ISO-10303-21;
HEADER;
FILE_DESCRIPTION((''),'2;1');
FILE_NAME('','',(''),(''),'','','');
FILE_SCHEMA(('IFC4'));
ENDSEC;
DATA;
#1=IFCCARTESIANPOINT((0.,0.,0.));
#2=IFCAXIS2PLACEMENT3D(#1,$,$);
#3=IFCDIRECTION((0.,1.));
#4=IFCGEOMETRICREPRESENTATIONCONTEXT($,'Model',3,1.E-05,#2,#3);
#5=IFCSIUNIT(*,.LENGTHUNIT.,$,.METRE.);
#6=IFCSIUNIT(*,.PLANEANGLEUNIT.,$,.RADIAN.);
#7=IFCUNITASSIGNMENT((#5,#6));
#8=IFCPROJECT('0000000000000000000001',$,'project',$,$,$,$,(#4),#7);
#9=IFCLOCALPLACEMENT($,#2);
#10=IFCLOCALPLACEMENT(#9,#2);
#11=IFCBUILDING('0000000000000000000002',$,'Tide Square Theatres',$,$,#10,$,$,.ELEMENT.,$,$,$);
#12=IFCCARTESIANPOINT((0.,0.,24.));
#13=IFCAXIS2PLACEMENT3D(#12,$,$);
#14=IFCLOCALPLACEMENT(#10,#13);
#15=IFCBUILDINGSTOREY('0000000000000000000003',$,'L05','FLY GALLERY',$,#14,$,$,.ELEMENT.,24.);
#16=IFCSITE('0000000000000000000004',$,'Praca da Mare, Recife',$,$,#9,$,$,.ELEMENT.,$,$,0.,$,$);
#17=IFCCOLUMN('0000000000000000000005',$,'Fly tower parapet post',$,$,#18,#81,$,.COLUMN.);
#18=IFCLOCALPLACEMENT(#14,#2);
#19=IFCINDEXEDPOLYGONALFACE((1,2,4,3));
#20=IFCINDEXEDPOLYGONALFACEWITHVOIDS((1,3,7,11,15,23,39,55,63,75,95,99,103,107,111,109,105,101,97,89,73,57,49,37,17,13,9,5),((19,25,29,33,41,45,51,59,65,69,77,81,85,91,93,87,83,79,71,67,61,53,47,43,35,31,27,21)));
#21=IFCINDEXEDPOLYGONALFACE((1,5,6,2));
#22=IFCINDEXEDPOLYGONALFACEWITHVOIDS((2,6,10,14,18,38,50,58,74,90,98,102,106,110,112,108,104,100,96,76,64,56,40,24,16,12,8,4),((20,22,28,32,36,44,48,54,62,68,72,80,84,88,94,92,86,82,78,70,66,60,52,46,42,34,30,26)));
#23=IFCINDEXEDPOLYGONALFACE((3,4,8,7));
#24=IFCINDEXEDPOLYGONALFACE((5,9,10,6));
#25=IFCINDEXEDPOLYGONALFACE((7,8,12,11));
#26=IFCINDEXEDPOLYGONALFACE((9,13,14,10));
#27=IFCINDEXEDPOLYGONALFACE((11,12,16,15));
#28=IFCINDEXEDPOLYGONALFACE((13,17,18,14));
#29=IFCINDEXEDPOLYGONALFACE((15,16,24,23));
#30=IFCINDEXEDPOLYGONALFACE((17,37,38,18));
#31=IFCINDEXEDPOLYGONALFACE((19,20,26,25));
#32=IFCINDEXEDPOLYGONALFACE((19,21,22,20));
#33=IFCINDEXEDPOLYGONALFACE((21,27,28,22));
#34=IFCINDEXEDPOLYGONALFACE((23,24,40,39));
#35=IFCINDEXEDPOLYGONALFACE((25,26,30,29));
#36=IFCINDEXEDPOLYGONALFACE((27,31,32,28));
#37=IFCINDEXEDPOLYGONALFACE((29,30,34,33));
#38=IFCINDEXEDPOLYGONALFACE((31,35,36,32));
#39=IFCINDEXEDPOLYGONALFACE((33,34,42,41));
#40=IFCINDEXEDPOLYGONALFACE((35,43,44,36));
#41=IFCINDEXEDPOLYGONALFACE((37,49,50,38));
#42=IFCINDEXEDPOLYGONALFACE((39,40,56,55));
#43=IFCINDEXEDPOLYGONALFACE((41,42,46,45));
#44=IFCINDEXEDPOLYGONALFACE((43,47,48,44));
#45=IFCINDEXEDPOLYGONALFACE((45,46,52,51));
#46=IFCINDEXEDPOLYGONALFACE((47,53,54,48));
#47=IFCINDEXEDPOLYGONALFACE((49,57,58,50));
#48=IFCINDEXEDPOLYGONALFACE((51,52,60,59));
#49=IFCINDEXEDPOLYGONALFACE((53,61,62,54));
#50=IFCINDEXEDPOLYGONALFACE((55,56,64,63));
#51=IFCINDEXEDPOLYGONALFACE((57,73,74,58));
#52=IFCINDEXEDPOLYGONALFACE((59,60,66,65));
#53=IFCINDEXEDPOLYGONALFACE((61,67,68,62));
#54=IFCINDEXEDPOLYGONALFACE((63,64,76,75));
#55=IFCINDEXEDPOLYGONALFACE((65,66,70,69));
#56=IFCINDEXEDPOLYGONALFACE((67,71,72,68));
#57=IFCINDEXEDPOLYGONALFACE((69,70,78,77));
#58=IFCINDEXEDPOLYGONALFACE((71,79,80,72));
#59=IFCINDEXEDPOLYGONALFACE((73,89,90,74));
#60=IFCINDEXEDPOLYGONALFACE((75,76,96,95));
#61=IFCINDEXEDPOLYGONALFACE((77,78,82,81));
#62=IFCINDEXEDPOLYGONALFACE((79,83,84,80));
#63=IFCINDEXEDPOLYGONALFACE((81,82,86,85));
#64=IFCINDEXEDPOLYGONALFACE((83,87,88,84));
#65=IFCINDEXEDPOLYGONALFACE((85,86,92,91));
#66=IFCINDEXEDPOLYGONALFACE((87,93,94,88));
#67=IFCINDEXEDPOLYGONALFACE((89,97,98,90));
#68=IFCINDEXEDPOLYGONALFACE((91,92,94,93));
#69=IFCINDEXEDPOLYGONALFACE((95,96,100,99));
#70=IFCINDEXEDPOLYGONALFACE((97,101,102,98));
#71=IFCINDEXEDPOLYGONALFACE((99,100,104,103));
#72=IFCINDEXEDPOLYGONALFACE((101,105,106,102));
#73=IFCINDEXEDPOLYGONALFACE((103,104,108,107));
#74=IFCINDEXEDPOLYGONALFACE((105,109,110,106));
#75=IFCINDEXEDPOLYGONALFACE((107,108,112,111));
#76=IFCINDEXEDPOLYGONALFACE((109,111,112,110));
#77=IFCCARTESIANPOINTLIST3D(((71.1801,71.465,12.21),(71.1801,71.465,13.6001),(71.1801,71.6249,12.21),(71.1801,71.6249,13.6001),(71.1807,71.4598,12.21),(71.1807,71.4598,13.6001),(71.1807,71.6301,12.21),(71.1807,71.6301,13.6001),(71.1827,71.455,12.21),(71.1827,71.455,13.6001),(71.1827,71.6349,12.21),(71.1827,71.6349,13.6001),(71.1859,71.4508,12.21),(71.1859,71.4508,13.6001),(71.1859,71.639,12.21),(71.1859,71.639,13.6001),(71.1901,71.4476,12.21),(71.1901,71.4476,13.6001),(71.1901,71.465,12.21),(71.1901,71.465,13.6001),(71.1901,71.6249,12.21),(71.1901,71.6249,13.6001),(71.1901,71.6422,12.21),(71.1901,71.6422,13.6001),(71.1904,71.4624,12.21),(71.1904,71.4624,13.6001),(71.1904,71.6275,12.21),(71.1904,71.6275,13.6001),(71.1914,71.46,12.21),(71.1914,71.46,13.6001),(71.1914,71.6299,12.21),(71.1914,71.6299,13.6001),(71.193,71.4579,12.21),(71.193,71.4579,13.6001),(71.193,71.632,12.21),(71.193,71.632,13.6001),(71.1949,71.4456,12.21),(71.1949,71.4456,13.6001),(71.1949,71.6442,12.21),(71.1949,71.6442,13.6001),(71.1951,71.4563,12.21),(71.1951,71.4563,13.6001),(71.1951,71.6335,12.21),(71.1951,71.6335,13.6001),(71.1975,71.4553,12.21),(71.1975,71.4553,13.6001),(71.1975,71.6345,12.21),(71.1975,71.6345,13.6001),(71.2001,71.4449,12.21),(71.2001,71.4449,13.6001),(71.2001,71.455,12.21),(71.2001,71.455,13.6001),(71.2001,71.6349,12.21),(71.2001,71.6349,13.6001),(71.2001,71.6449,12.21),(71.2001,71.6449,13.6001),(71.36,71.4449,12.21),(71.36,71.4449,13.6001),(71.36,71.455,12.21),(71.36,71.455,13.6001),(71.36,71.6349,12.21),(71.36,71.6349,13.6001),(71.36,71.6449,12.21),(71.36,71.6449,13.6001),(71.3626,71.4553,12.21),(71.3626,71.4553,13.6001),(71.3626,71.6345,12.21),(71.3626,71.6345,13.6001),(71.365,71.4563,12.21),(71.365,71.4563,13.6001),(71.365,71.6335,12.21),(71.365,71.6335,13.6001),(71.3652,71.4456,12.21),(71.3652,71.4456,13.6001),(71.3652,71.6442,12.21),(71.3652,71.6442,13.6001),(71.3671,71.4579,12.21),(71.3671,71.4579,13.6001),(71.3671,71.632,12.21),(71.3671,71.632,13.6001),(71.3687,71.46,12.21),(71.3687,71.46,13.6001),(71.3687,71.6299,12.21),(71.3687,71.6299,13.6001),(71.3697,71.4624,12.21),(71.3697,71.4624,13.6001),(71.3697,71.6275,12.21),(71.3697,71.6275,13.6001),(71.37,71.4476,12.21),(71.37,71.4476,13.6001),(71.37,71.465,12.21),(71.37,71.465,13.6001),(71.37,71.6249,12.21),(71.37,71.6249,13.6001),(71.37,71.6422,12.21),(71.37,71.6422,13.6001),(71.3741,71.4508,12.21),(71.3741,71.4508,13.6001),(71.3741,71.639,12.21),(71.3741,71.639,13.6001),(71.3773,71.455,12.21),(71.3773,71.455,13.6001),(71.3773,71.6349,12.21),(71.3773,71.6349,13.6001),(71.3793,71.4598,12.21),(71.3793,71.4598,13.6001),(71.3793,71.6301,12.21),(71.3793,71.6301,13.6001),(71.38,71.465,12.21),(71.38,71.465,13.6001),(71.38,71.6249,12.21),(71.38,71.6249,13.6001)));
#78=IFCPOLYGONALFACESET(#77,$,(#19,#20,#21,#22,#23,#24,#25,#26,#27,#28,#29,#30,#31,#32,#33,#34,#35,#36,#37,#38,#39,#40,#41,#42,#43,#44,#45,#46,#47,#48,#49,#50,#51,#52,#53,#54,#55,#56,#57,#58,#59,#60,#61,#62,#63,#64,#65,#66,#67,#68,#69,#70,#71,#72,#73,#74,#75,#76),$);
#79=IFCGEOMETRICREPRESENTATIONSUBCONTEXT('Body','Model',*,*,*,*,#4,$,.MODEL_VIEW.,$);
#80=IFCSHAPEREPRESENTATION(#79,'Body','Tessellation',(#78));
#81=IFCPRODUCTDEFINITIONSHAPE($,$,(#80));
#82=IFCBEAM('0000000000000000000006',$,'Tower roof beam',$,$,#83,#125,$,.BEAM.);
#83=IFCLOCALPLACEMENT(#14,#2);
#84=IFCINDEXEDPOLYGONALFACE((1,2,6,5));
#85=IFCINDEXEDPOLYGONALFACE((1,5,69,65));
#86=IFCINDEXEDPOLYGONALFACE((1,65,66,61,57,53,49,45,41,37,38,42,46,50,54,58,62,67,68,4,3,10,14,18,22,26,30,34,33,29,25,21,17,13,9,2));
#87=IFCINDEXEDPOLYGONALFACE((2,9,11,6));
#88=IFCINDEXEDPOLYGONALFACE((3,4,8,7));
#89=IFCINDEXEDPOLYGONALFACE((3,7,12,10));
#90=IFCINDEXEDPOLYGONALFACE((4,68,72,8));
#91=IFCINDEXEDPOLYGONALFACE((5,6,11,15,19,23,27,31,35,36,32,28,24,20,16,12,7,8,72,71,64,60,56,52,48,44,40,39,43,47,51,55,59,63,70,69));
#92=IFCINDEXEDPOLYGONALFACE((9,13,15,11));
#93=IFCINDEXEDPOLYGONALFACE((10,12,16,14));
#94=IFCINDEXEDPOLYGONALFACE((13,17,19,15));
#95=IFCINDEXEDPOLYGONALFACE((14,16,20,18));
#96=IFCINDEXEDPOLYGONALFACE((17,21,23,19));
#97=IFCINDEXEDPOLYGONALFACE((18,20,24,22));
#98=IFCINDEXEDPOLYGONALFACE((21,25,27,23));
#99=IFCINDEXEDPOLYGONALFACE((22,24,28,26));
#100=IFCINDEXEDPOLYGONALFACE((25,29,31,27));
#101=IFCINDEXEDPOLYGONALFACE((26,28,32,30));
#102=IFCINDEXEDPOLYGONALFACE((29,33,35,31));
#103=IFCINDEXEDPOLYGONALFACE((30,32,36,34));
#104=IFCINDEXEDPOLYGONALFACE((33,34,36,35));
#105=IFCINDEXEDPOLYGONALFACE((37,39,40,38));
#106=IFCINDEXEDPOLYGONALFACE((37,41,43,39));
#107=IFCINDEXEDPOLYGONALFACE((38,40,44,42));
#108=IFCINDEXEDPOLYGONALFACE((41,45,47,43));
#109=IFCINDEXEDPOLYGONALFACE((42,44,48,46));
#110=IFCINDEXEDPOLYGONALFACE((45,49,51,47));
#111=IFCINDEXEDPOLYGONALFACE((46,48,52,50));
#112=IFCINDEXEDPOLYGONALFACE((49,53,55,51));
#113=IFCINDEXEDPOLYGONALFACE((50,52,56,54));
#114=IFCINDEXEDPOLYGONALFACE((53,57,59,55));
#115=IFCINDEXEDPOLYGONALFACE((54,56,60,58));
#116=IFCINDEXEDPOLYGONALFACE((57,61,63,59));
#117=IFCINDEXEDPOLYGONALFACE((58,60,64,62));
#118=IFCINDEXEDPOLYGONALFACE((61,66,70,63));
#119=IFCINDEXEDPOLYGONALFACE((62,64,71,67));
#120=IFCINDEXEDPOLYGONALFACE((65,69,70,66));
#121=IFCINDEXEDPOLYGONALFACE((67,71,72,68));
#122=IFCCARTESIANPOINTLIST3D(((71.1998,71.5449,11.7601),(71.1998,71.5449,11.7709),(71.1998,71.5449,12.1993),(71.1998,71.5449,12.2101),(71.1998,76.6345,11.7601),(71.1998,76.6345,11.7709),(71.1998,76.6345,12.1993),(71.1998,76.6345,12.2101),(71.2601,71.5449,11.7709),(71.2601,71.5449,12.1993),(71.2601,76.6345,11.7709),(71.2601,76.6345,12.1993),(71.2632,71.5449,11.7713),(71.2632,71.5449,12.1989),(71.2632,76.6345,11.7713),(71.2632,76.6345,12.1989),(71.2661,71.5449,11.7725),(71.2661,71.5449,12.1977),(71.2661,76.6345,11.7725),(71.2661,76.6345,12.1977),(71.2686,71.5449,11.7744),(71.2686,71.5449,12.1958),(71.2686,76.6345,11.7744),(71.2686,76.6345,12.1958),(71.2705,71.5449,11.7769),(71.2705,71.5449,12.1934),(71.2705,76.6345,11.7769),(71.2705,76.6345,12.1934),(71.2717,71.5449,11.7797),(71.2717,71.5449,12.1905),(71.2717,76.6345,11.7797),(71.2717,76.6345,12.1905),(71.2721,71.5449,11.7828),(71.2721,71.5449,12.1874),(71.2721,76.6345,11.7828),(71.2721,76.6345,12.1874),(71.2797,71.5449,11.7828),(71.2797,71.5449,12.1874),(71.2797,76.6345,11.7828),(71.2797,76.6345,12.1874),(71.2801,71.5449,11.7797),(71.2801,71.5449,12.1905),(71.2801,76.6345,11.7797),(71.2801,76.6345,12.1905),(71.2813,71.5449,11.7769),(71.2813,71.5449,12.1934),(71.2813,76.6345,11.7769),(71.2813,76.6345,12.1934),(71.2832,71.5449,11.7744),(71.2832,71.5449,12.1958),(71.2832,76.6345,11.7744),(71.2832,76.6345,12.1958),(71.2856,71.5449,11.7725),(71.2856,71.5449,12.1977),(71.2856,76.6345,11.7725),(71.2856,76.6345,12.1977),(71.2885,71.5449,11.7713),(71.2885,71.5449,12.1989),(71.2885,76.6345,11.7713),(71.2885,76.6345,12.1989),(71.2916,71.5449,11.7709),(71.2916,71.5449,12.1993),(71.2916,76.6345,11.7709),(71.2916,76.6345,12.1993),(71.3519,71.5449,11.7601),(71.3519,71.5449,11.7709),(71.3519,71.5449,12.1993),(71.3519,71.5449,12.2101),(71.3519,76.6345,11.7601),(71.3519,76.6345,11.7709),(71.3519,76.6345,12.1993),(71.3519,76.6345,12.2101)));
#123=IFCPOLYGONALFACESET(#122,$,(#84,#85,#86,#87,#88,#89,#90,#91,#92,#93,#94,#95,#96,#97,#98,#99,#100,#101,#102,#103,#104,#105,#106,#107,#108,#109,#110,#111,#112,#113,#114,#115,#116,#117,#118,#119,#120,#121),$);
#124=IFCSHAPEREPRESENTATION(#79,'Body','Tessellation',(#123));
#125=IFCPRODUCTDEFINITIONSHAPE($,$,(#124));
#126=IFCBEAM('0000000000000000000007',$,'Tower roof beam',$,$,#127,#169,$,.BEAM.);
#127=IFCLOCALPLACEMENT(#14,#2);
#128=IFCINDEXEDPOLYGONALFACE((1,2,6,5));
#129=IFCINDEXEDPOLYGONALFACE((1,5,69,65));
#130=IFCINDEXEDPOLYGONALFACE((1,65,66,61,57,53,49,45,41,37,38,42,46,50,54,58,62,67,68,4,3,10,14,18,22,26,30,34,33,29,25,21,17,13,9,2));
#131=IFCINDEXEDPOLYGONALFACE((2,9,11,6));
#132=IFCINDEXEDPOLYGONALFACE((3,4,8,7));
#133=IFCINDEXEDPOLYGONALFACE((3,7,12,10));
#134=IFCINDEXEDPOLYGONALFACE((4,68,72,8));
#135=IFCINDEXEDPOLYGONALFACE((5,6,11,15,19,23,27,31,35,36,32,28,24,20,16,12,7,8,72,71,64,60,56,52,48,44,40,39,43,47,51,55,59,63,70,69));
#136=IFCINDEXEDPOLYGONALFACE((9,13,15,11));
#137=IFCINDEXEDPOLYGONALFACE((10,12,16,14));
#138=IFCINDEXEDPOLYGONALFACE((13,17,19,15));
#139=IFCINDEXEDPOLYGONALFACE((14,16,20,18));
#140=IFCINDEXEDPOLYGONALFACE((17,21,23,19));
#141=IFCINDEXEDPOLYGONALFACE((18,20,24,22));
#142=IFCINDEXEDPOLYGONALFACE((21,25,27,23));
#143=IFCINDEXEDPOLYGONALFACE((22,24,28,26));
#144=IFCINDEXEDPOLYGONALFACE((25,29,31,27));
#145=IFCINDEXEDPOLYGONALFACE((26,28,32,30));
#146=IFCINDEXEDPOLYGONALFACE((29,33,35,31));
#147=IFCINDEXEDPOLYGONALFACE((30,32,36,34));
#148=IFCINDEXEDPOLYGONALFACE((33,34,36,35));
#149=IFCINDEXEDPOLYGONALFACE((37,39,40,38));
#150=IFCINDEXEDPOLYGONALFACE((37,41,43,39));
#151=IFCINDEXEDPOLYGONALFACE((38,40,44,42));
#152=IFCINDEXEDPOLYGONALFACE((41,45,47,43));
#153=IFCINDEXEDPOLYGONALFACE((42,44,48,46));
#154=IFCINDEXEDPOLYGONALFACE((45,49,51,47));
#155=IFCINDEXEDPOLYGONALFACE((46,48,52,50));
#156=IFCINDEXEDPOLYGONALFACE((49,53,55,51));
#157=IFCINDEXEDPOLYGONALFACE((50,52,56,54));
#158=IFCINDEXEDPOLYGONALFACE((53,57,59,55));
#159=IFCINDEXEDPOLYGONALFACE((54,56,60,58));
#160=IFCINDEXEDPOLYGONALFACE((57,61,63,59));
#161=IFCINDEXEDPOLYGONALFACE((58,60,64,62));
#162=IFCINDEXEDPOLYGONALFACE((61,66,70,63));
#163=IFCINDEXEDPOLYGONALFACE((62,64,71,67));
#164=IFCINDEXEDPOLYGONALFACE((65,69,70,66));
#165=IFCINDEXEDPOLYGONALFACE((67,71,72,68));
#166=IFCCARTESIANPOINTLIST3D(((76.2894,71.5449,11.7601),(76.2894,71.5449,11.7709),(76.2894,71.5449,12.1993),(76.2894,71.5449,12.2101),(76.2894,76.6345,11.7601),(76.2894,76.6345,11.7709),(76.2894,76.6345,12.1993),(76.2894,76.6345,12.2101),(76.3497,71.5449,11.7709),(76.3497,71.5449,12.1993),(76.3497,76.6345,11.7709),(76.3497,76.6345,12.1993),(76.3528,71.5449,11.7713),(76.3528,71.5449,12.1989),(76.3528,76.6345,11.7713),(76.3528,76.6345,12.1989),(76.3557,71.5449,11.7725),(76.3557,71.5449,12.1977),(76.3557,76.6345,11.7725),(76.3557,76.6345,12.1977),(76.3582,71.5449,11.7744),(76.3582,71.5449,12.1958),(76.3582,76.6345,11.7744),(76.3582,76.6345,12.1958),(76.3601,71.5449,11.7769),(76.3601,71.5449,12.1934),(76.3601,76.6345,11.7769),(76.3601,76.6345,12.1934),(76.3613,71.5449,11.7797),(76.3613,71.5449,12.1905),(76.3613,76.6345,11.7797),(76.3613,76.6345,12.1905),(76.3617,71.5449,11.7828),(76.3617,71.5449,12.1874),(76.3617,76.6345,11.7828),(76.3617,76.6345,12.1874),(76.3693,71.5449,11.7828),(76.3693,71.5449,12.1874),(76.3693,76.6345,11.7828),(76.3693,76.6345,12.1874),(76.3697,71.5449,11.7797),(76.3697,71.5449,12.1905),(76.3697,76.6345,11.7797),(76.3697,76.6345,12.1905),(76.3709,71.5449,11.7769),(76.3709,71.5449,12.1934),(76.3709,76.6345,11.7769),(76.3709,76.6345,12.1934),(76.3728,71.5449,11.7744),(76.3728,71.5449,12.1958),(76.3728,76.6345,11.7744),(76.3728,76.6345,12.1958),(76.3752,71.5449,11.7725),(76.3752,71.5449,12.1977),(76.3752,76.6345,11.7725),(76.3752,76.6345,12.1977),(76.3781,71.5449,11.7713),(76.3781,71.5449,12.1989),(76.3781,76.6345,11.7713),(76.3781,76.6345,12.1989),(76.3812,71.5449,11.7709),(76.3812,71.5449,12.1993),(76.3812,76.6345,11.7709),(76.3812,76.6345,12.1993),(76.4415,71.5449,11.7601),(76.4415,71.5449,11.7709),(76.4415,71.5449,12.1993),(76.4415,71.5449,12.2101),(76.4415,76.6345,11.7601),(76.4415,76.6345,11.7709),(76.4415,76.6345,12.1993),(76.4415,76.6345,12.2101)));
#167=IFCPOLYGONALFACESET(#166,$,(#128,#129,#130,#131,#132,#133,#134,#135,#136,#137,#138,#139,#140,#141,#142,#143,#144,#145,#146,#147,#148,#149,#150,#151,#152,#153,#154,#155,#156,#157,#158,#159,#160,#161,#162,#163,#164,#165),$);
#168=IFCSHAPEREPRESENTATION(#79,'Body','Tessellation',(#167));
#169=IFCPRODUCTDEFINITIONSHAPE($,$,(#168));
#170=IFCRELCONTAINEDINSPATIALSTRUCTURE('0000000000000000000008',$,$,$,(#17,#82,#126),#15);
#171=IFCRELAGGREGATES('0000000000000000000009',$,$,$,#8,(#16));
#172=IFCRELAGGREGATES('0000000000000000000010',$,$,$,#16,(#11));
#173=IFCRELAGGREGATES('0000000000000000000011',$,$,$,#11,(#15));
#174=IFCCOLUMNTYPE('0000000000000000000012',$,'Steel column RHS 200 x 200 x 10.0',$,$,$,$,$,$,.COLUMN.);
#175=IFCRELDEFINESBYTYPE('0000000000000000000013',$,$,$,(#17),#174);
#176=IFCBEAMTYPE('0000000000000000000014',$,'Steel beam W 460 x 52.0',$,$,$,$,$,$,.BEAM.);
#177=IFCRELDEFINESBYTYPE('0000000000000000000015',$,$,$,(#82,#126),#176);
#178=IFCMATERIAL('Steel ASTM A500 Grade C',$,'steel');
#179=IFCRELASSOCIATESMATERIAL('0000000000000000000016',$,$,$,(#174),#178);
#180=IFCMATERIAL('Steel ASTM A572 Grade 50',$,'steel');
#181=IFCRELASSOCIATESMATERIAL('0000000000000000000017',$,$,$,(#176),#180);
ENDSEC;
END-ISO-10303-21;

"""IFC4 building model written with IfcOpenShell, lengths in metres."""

from ifc_helpers import new_model, si_unit, direction, frame, origin, origin_2d, place, context, subcontext, project, spatial, hollow_rectangle, i_section, extrude, material, material_profile, profile_set, type_object, element, save


model = new_model("IFC4")

# Units and contexts
model_context = context("Model", 3, precision=1e-05, world=origin(), true_north=direction((0.0, 1.0)))
body_context = subcontext(model_context, "Body", "Model", "MODEL_VIEW")
ifc_project = project(units=[si_unit("LENGTHUNIT", "METRE"), si_unit("PLANEANGLEUNIT", "RADIAN")], contexts=[model_context])

# Site, building, storey
site_placement = place(None, origin())
site = spatial("IfcSite", under=ifc_project, at=site_placement, Name="Praca da Mare, Recife", CompositionType="ELEMENT", RefElevation=0.0)
building_placement = place(site_placement, origin())
building = spatial("IfcBuilding", under=site, at=building_placement, Name="Tide Square Theatres", CompositionType="ELEMENT")
storey_placement = place(building_placement, frame((0.0, 0.0, 24.0)))
storey = spatial("IfcBuildingStorey", under=building, at=storey_placement, Name="L05", Description="FLY GALLERY", CompositionType="ELEMENT", Elevation=24.0)

# Column
ifc_material_1 = material(Name="Steel ASTM A500 Grade C", Category="steel")
ifc_material_profile_1 = material_profile(ifc_material_1, hollow_rectangle(XDim=0.2, YDim=0.2, WallThickness=0.01, InnerFilletRadius=0.01, OuterFilletRadius=0.02, at=origin_2d()))
ifc_profile_set_1 = profile_set([ifc_material_profile_1], Name="Steel ASTM A500 Grade C")
column_type = type_object("IfcColumnType", Name="Steel column RHS 200 x 200 x 10.0", PredefinedType="COLUMN", material=ifc_profile_set_1)
column_placement = place(storey_placement, frame((71.28, 71.5449, 12.21), z_axis=(0.0, 0.0, 1.0), x_axis=(1.0, 0.0, 0.0)))
element("IfcColumn", 1, at=column_placement, inside=storey, type_object=column_type, Name="Fly tower parapet post", PredefinedType="COLUMN", context=body_context, shape_type="SweptSolid", body=[
    extrude(hollow_rectangle(XDim=0.2, YDim=0.2, WallThickness=0.01, InnerFilletRadius=0.01, OuterFilletRadius=0.02, at=origin_2d()), origin(), (0.0, 0.0, 1.0), 1.3901),
])

# Beams
ifc_material_2 = material(Name="Steel ASTM A572 Grade 50", Category="steel")
ifc_material_profile_2 = material_profile(ifc_material_2, i_section(OverallWidth=0.1521, OverallDepth=0.45, WebThickness=0.0076, FlangeThickness=0.0107, FilletRadius=0.012, at=origin_2d()))
ifc_profile_set_2 = profile_set([ifc_material_profile_2], Name="Steel ASTM A572 Grade 50")
beam_type_1 = type_object("IfcBeamType", Name="Steel beam W 460 x 52.0", PredefinedType="BEAM", material=ifc_profile_set_2)
for number, where, z_axis, x_axis, name in (
    (2, (71.2759, 71.5449, 11.9851), (0.0, 1.0, 0.0), (-1.0, 0.0, 0.0), "Tower roof beam"),
    (3, (76.3655, 71.5449, 11.9851), (0.0, 1.0, 0.0), (-1.0, 0.0, 0.0), "Tower roof beam"),
):
    element("IfcBeam", number, at=place(storey_placement, frame(where, z_axis=z_axis, x_axis=x_axis)), inside=storey, type_object=beam_type_1, Name=name, PredefinedType="BEAM", context=body_context, shape_type="SweptSolid", body=[
        extrude(i_section(OverallWidth=0.1521, OverallDepth=0.45, WebThickness=0.0076, FlangeThickness=0.0107, FilletRadius=0.012, at=origin_2d()), origin(), (0.0, 0.0, 1.0), 5.0896),
    ])

save(model, "model.ifc")
